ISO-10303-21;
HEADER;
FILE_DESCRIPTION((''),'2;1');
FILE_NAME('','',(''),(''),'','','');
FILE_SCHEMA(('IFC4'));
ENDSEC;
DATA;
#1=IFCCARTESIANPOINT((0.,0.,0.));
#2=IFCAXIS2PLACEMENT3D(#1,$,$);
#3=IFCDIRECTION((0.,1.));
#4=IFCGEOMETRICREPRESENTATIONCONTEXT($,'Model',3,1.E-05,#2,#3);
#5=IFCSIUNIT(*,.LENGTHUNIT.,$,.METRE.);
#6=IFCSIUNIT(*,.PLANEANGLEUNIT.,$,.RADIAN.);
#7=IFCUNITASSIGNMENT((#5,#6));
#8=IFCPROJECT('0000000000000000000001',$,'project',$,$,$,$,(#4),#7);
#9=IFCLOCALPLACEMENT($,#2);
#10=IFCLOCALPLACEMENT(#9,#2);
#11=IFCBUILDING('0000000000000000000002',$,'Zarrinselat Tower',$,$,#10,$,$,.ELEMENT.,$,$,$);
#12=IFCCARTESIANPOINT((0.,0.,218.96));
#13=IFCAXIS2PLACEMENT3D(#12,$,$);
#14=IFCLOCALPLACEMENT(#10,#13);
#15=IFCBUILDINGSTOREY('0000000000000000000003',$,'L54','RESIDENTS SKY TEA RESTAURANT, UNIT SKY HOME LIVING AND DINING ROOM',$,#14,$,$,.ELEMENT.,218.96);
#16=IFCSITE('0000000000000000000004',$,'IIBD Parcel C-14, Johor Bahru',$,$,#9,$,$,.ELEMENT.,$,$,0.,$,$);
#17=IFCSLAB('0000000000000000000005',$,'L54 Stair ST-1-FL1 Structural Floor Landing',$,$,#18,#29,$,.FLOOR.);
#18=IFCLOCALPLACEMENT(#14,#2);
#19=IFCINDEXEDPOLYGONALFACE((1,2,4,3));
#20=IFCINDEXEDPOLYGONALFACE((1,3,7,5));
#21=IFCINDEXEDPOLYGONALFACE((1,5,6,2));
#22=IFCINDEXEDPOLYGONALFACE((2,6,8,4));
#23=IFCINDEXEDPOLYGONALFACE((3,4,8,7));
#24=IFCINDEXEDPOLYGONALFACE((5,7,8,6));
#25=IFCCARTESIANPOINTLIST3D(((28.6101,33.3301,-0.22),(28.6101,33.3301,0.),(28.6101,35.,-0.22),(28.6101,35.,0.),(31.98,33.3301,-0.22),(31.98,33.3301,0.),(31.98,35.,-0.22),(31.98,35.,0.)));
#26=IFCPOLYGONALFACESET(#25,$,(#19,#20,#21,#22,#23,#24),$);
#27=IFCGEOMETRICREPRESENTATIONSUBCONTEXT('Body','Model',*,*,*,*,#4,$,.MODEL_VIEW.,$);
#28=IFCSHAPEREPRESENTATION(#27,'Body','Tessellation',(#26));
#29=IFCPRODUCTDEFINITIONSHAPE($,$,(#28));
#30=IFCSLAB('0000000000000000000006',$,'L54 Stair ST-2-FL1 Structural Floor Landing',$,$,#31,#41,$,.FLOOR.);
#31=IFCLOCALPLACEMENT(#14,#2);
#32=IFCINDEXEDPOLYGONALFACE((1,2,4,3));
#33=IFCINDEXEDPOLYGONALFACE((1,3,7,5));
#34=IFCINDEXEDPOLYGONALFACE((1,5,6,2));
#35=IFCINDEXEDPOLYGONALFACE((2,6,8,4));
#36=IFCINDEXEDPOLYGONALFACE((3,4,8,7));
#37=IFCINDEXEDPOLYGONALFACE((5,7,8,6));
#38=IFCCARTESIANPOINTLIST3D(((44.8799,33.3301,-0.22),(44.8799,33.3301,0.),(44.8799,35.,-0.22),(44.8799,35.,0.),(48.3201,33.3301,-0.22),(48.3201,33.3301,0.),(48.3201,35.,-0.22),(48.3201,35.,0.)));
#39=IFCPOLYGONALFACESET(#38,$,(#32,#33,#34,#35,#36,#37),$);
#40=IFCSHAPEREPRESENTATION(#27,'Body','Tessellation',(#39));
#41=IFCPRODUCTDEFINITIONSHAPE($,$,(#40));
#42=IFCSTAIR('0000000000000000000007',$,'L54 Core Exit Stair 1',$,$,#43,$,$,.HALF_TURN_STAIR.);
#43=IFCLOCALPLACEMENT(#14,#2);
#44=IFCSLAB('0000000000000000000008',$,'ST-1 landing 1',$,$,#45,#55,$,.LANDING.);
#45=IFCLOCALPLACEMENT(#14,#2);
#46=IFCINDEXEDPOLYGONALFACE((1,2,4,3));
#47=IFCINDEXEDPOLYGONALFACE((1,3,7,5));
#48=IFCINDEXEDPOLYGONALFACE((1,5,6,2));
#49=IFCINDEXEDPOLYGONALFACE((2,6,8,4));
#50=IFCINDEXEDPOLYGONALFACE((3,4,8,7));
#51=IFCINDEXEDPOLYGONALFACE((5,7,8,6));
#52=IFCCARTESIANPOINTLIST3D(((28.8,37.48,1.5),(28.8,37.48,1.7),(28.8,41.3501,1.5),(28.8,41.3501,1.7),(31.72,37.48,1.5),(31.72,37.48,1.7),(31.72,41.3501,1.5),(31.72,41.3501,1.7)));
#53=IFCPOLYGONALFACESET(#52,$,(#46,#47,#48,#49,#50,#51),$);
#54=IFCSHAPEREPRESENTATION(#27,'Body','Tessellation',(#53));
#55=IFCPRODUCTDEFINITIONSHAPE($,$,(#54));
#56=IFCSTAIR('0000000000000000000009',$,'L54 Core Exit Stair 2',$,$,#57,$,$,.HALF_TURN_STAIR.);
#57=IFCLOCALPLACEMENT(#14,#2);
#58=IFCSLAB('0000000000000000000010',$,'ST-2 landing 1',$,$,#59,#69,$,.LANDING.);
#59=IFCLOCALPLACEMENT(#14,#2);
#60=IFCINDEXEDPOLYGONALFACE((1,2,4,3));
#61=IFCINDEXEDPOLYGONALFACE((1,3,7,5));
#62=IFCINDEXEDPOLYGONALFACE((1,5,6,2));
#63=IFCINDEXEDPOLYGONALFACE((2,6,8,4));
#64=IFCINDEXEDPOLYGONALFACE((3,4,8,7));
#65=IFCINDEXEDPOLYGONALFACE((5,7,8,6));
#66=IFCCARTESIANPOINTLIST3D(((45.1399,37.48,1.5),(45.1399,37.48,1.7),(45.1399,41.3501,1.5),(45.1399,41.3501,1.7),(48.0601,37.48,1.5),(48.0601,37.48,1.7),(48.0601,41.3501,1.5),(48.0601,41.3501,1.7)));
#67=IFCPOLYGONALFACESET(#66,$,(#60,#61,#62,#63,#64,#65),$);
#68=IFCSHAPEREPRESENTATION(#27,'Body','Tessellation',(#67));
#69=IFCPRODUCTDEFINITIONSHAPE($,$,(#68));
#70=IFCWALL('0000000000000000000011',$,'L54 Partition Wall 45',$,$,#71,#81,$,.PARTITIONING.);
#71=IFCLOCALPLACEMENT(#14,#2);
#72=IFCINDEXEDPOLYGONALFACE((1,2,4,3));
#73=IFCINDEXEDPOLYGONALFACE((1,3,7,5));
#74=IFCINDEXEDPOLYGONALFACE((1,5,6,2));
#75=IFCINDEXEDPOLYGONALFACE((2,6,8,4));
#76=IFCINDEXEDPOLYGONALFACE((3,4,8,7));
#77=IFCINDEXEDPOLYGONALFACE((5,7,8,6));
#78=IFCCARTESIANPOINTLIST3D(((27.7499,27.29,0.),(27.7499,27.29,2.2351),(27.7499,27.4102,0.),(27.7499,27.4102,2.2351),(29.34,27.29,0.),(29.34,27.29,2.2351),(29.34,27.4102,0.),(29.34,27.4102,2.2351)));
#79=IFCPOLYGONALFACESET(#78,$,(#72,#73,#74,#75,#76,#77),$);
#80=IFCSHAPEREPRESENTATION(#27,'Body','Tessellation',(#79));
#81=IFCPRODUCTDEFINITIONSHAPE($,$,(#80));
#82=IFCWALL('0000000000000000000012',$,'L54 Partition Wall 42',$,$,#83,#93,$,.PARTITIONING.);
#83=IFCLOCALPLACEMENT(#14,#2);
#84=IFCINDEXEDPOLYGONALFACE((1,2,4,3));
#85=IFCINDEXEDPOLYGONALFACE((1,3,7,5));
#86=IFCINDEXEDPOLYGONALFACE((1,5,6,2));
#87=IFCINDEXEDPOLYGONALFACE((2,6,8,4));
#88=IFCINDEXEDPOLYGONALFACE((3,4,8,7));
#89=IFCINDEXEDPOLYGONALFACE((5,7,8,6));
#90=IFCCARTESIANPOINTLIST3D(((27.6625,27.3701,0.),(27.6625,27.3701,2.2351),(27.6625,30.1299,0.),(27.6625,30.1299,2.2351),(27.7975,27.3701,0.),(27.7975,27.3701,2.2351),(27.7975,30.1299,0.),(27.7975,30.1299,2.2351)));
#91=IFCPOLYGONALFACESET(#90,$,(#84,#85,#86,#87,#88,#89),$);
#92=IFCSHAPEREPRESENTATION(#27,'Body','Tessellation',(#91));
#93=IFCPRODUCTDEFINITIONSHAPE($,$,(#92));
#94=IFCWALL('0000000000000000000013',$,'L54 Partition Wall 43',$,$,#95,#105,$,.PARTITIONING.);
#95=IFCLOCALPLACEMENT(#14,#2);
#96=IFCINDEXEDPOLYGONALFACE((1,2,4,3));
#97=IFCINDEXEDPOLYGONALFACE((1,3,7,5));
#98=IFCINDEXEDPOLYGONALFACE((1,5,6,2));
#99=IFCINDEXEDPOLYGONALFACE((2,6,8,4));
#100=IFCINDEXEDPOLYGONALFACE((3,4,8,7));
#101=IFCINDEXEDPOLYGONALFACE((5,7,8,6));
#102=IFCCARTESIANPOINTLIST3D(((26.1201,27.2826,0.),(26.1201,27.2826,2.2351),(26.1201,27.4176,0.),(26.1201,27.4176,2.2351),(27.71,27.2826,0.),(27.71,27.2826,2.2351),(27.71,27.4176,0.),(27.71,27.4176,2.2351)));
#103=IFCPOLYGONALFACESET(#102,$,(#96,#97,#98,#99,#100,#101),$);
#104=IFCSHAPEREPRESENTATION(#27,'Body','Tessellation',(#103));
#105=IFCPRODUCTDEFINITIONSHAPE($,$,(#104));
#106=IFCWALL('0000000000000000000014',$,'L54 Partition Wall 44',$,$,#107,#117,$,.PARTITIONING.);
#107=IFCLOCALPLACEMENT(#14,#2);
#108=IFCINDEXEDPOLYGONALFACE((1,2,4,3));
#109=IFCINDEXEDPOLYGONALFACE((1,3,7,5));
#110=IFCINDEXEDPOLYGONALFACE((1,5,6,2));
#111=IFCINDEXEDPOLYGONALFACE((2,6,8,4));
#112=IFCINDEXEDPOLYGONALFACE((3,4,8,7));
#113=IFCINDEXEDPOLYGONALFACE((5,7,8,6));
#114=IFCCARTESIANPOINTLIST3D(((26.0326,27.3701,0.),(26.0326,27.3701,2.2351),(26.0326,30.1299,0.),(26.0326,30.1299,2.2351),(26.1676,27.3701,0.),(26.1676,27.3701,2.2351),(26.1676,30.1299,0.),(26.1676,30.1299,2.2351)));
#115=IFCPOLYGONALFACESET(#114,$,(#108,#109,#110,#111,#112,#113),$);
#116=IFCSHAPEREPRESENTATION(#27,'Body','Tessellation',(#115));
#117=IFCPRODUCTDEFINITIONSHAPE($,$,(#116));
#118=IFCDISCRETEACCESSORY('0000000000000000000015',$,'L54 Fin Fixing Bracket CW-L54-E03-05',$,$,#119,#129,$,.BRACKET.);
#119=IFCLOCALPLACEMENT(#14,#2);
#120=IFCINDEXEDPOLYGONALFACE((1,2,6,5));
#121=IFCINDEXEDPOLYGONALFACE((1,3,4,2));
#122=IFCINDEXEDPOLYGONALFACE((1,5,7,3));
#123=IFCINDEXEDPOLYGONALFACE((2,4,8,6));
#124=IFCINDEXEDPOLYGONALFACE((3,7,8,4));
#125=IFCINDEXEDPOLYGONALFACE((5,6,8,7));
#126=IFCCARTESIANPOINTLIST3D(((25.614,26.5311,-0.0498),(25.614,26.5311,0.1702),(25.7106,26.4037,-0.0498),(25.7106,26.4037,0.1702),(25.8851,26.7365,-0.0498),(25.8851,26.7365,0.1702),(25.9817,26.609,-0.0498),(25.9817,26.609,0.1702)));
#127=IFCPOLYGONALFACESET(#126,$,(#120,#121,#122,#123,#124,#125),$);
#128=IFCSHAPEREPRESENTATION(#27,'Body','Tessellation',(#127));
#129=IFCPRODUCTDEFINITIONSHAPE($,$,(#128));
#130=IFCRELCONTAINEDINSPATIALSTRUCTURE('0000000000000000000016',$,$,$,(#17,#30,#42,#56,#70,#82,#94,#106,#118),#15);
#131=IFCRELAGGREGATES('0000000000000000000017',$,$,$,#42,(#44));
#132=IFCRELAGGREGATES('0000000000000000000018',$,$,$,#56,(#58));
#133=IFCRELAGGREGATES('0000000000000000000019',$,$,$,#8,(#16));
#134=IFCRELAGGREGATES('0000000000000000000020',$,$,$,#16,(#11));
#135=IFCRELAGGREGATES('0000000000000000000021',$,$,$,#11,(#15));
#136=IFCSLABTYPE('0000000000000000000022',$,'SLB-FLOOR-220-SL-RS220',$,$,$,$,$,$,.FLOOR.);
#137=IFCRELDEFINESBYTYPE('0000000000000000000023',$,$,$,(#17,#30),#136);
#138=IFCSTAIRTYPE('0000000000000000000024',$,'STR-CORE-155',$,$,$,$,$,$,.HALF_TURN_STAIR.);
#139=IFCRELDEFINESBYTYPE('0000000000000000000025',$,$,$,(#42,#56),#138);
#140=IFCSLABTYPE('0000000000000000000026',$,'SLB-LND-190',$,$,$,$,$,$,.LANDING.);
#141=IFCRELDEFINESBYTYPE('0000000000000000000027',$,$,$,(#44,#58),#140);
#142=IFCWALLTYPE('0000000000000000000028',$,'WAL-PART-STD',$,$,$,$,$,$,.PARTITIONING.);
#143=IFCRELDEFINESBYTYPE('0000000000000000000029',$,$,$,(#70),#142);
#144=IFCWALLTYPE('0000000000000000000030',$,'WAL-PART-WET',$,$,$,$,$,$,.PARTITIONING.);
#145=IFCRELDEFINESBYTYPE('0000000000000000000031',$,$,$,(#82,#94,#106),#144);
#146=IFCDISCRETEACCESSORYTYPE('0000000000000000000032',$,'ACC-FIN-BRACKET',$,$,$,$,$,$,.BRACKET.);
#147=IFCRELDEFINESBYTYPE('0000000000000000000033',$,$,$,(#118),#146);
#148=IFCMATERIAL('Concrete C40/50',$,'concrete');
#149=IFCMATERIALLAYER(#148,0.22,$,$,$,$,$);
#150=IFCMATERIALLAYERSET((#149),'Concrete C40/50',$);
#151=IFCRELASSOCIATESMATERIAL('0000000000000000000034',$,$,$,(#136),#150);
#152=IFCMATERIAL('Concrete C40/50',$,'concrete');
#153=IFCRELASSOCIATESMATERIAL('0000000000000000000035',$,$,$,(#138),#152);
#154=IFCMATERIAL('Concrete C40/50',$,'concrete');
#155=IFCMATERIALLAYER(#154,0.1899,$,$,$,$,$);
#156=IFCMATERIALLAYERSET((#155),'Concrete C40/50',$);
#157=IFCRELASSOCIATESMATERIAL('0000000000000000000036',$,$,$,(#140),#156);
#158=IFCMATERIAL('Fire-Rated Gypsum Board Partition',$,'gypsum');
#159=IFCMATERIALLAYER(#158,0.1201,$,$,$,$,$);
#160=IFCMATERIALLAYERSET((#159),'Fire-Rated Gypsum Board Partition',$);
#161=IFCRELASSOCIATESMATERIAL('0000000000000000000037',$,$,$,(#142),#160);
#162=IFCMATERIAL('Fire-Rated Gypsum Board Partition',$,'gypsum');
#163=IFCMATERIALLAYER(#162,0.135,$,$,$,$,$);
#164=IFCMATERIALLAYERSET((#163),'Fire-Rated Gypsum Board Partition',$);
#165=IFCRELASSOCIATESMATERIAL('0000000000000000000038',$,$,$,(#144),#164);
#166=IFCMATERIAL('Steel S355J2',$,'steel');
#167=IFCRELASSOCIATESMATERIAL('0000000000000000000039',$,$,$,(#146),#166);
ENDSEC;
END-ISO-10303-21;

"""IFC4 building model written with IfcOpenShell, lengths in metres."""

from ifc_helpers import new_model, si_unit, direction, frame, frame_2d, origin, origin_2d, place, context, subcontext, project, spatial, polyline, rectangle, outline, extrude, material, layer, layer_set, type_object, element, aggregate, save


model = new_model("IFC4")

# Units and contexts
model_context = context("Model", 3, precision=1e-05, world=origin(), true_north=direction((0.0, 1.0)))
body_context = subcontext(model_context, "Body", "Model", "MODEL_VIEW")
ifc_project = project(units=[si_unit("LENGTHUNIT", "METRE"), si_unit("PLANEANGLEUNIT", "RADIAN")], contexts=[model_context])

# Site, building, storey
site_placement = place(None, origin())
site = spatial("IfcSite", under=ifc_project, at=site_placement, Name="IIBD Parcel C-14, Johor Bahru", CompositionType="ELEMENT", RefElevation=0.0)
building_placement = place(site_placement, origin())
building = spatial("IfcBuilding", under=site, at=building_placement, Name="Zarrinselat Tower", CompositionType="ELEMENT")
storey_placement = place(building_placement, frame((0.0, 0.0, 218.96)))
storey = spatial("IfcBuildingStorey", under=building, at=storey_placement, Name="L54", Description="RESIDENTS SKY TEA RESTAURANT, UNIT SKY HOME LIVING AND DINING ROOM", CompositionType="ELEMENT", Elevation=218.96)

# Slabs
ifc_material_1 = material(Name="Concrete C40/50", Category="concrete")
ifc_layer_1 = layer(ifc_material_1, 0.22)
ifc_layer_set_1 = layer_set([ifc_layer_1], Name="Concrete C40/50")
slab_type_1 = type_object("IfcSlabType", Name="SLB-FLOOR-220-SL-RS220", PredefinedType="FLOOR", material=ifc_layer_set_1)
slab_1_placement = place(storey_placement, frame((0.0, 0.0, -0.22)))
element("IfcSlab", 1, at=slab_1_placement, inside=storey, type_object=slab_type_1, Name="L54 Stair ST-1-FL1 Structural Floor Landing", PredefinedType="FLOOR", context=body_context, shape_type="SweptSolid", body=[
    extrude(outline(polyline([(31.98, 33.3301), (31.98, 35.0), (28.6101, 35.0), (28.6101, 33.3301), (31.98, 33.3301)])), origin(), (0.0, 0.0, 1.0), 0.22),
])
slab_2_placement = place(storey_placement, frame((0.0, 0.0, -0.22)))
element("IfcSlab", 2, at=slab_2_placement, inside=storey, type_object=slab_type_1, Name="L54 Stair ST-2-FL1 Structural Floor Landing", PredefinedType="FLOOR", context=body_context, shape_type="SweptSolid", body=[
    extrude(outline(polyline([(48.3201, 33.3301), (48.3201, 35.0), (44.8799, 35.0), (44.8799, 33.3301), (48.3201, 33.3301)])), origin(), (0.0, 0.0, 1.0), 0.22),
])

# Stairs, slabs
ifc_material_2 = material(Name="Concrete C40/50", Category="concrete")
stair_type = type_object("IfcStairType", Name="STR-CORE-155", PredefinedType="HALF_TURN_STAIR", material=ifc_material_2)
stair_1_placement = place(storey_placement, origin())
stair_1 = element("IfcStair", 3, at=stair_1_placement, inside=storey, type_object=stair_type, Name="L54 Core Exit Stair 1", PredefinedType="HALF_TURN_STAIR")
ifc_material_3 = material(Name="Concrete C40/50", Category="concrete")
ifc_layer_2 = layer(ifc_material_3, 0.1899)
ifc_layer_set_2 = layer_set([ifc_layer_2], Name="Concrete C40/50")
slab_type_2 = type_object("IfcSlabType", Name="SLB-LND-190", PredefinedType="LANDING", material=ifc_layer_set_2)
slab_3_placement = place(storey_placement, frame((0.0, 0.0, 1.5)))
slab_3 = element("IfcSlab", 4, at=slab_3_placement, type_object=slab_type_2, Name="ST-1 landing 1", PredefinedType="LANDING", context=body_context, shape_type="SweptSolid", body=[
    extrude(outline(polyline([(31.72, 37.48), (31.72, 41.3501), (28.8, 41.3501), (28.8, 37.48), (31.72, 37.48)])), origin(), (0.0, 0.0, 1.0), 0.2),
])
aggregate(stair_1, [slab_3])
stair_2_placement = place(storey_placement, origin())
stair_2 = element("IfcStair", 5, at=stair_2_placement, inside=storey, type_object=stair_type, Name="L54 Core Exit Stair 2", PredefinedType="HALF_TURN_STAIR")
slab_4_placement = place(storey_placement, frame((0.0, 0.0, 1.5)))
slab_4 = element("IfcSlab", 6, at=slab_4_placement, type_object=slab_type_2, Name="ST-2 landing 1", PredefinedType="LANDING", context=body_context, shape_type="SweptSolid", body=[
    extrude(outline(polyline([(48.0601, 37.48), (48.0601, 41.3501), (45.1399, 41.3501), (45.1399, 37.48), (48.0601, 37.48)])), origin(), (0.0, 0.0, 1.0), 0.2),
])
aggregate(stair_2, [slab_4])

# Walls
ifc_material_4 = material(Name="Fire-Rated Gypsum Board Partition", Category="gypsum")
ifc_layer_3 = layer(ifc_material_4, 0.1201)
ifc_layer_set_3 = layer_set([ifc_layer_3], Name="Fire-Rated Gypsum Board Partition")
wall_type_1 = type_object("IfcWallType", Name="WAL-PART-STD", PredefinedType="PARTITIONING", material=ifc_layer_set_3)
wall_1_placement = place(storey_placement, frame((27.75, 27.3501, 0.0), z_axis=(0.0, 0.0, 1.0), x_axis=(1.0, 0.0, 0.0)))
element("IfcWall", 7, at=wall_1_placement, inside=storey, type_object=wall_type_1, Name="L54 Partition Wall 45", PredefinedType="PARTITIONING", context=body_context, shape_type="SweptSolid", body=[
    extrude(rectangle(XDim=1.5901, YDim=0.1201, at=frame_2d((0.7949, 0.0))), origin(), (0.0, 0.0, 1.0), 2.2351),
])
ifc_material_5 = material(Name="Fire-Rated Gypsum Board Partition", Category="gypsum")
ifc_layer_4 = layer(ifc_material_5, 0.135)
ifc_layer_set_4 = layer_set([ifc_layer_4], Name="Fire-Rated Gypsum Board Partition")
wall_type_2 = type_object("IfcWallType", Name="WAL-PART-WET", PredefinedType="PARTITIONING", material=ifc_layer_set_4)
wall_2_placement = place(storey_placement, frame((27.73, 27.3701, 0.0), z_axis=(0.0, 0.0, 1.0), x_axis=(0.0, 1.0, 0.0)))
element("IfcWall", 8, at=wall_2_placement, inside=storey, type_object=wall_type_2, Name="L54 Partition Wall 42", PredefinedType="PARTITIONING", context=body_context, shape_type="SweptSolid", body=[
    extrude(rectangle(XDim=2.7598, YDim=0.135, at=frame_2d((1.3799, 0.0))), origin(), (0.0, 0.0, 1.0), 2.2351),
])
wall_3_placement = place(storey_placement, frame((26.1201, 27.3501, 0.0), z_axis=(0.0, 0.0, 1.0), x_axis=(1.0, 0.0, 0.0)))
element("IfcWall", 9, at=wall_3_placement, inside=storey, type_object=wall_type_2, Name="L54 Partition Wall 43", PredefinedType="PARTITIONING", context=body_context, shape_type="SweptSolid", body=[
    extrude(rectangle(XDim=1.5898, YDim=0.135, at=frame_2d((0.7949, 0.0))), origin(), (0.0, 0.0, 1.0), 2.2351),
])
wall_4_placement = place(storey_placement, frame((26.1001, 27.3701, 0.0), z_axis=(0.0, 0.0, 1.0), x_axis=(0.0, 1.0, 0.0)))
element("IfcWall", 10, at=wall_4_placement, inside=storey, type_object=wall_type_2, Name="L54 Partition Wall 44", PredefinedType="PARTITIONING", context=body_context, shape_type="SweptSolid", body=[
    extrude(rectangle(XDim=2.7598, YDim=0.135, at=frame_2d((1.3799, 0.0))), origin(), (0.0, 0.0, 1.0), 2.2351),
])

# Discrete accessory
ifc_material_6 = material(Name="Steel S355J2", Category="steel")
discrete_accessory_type = type_object("IfcDiscreteAccessoryType", Name="ACC-FIN-BRACKET", PredefinedType="BRACKET", material=ifc_material_6)
discrete_accessory_placement = place(storey_placement, frame((25.7979, 26.5701, -0.0498), z_axis=(0.0, 0.0, 1.0), x_axis=(-0.797091, -0.60386, 0.0)))
element("IfcDiscreteAccessory", 11, at=discrete_accessory_placement, inside=storey, type_object=discrete_accessory_type, Name="L54 Fin Fixing Bracket CW-L54-E03-05", PredefinedType="BRACKET", context=body_context, shape_type="SweptSolid", body=[
    extrude(rectangle(XDim=0.3401, YDim=0.1599, at=origin_2d()), origin(), (0.0, 0.0, 1.0), 0.22),
])

save(model, "model.ifc")
